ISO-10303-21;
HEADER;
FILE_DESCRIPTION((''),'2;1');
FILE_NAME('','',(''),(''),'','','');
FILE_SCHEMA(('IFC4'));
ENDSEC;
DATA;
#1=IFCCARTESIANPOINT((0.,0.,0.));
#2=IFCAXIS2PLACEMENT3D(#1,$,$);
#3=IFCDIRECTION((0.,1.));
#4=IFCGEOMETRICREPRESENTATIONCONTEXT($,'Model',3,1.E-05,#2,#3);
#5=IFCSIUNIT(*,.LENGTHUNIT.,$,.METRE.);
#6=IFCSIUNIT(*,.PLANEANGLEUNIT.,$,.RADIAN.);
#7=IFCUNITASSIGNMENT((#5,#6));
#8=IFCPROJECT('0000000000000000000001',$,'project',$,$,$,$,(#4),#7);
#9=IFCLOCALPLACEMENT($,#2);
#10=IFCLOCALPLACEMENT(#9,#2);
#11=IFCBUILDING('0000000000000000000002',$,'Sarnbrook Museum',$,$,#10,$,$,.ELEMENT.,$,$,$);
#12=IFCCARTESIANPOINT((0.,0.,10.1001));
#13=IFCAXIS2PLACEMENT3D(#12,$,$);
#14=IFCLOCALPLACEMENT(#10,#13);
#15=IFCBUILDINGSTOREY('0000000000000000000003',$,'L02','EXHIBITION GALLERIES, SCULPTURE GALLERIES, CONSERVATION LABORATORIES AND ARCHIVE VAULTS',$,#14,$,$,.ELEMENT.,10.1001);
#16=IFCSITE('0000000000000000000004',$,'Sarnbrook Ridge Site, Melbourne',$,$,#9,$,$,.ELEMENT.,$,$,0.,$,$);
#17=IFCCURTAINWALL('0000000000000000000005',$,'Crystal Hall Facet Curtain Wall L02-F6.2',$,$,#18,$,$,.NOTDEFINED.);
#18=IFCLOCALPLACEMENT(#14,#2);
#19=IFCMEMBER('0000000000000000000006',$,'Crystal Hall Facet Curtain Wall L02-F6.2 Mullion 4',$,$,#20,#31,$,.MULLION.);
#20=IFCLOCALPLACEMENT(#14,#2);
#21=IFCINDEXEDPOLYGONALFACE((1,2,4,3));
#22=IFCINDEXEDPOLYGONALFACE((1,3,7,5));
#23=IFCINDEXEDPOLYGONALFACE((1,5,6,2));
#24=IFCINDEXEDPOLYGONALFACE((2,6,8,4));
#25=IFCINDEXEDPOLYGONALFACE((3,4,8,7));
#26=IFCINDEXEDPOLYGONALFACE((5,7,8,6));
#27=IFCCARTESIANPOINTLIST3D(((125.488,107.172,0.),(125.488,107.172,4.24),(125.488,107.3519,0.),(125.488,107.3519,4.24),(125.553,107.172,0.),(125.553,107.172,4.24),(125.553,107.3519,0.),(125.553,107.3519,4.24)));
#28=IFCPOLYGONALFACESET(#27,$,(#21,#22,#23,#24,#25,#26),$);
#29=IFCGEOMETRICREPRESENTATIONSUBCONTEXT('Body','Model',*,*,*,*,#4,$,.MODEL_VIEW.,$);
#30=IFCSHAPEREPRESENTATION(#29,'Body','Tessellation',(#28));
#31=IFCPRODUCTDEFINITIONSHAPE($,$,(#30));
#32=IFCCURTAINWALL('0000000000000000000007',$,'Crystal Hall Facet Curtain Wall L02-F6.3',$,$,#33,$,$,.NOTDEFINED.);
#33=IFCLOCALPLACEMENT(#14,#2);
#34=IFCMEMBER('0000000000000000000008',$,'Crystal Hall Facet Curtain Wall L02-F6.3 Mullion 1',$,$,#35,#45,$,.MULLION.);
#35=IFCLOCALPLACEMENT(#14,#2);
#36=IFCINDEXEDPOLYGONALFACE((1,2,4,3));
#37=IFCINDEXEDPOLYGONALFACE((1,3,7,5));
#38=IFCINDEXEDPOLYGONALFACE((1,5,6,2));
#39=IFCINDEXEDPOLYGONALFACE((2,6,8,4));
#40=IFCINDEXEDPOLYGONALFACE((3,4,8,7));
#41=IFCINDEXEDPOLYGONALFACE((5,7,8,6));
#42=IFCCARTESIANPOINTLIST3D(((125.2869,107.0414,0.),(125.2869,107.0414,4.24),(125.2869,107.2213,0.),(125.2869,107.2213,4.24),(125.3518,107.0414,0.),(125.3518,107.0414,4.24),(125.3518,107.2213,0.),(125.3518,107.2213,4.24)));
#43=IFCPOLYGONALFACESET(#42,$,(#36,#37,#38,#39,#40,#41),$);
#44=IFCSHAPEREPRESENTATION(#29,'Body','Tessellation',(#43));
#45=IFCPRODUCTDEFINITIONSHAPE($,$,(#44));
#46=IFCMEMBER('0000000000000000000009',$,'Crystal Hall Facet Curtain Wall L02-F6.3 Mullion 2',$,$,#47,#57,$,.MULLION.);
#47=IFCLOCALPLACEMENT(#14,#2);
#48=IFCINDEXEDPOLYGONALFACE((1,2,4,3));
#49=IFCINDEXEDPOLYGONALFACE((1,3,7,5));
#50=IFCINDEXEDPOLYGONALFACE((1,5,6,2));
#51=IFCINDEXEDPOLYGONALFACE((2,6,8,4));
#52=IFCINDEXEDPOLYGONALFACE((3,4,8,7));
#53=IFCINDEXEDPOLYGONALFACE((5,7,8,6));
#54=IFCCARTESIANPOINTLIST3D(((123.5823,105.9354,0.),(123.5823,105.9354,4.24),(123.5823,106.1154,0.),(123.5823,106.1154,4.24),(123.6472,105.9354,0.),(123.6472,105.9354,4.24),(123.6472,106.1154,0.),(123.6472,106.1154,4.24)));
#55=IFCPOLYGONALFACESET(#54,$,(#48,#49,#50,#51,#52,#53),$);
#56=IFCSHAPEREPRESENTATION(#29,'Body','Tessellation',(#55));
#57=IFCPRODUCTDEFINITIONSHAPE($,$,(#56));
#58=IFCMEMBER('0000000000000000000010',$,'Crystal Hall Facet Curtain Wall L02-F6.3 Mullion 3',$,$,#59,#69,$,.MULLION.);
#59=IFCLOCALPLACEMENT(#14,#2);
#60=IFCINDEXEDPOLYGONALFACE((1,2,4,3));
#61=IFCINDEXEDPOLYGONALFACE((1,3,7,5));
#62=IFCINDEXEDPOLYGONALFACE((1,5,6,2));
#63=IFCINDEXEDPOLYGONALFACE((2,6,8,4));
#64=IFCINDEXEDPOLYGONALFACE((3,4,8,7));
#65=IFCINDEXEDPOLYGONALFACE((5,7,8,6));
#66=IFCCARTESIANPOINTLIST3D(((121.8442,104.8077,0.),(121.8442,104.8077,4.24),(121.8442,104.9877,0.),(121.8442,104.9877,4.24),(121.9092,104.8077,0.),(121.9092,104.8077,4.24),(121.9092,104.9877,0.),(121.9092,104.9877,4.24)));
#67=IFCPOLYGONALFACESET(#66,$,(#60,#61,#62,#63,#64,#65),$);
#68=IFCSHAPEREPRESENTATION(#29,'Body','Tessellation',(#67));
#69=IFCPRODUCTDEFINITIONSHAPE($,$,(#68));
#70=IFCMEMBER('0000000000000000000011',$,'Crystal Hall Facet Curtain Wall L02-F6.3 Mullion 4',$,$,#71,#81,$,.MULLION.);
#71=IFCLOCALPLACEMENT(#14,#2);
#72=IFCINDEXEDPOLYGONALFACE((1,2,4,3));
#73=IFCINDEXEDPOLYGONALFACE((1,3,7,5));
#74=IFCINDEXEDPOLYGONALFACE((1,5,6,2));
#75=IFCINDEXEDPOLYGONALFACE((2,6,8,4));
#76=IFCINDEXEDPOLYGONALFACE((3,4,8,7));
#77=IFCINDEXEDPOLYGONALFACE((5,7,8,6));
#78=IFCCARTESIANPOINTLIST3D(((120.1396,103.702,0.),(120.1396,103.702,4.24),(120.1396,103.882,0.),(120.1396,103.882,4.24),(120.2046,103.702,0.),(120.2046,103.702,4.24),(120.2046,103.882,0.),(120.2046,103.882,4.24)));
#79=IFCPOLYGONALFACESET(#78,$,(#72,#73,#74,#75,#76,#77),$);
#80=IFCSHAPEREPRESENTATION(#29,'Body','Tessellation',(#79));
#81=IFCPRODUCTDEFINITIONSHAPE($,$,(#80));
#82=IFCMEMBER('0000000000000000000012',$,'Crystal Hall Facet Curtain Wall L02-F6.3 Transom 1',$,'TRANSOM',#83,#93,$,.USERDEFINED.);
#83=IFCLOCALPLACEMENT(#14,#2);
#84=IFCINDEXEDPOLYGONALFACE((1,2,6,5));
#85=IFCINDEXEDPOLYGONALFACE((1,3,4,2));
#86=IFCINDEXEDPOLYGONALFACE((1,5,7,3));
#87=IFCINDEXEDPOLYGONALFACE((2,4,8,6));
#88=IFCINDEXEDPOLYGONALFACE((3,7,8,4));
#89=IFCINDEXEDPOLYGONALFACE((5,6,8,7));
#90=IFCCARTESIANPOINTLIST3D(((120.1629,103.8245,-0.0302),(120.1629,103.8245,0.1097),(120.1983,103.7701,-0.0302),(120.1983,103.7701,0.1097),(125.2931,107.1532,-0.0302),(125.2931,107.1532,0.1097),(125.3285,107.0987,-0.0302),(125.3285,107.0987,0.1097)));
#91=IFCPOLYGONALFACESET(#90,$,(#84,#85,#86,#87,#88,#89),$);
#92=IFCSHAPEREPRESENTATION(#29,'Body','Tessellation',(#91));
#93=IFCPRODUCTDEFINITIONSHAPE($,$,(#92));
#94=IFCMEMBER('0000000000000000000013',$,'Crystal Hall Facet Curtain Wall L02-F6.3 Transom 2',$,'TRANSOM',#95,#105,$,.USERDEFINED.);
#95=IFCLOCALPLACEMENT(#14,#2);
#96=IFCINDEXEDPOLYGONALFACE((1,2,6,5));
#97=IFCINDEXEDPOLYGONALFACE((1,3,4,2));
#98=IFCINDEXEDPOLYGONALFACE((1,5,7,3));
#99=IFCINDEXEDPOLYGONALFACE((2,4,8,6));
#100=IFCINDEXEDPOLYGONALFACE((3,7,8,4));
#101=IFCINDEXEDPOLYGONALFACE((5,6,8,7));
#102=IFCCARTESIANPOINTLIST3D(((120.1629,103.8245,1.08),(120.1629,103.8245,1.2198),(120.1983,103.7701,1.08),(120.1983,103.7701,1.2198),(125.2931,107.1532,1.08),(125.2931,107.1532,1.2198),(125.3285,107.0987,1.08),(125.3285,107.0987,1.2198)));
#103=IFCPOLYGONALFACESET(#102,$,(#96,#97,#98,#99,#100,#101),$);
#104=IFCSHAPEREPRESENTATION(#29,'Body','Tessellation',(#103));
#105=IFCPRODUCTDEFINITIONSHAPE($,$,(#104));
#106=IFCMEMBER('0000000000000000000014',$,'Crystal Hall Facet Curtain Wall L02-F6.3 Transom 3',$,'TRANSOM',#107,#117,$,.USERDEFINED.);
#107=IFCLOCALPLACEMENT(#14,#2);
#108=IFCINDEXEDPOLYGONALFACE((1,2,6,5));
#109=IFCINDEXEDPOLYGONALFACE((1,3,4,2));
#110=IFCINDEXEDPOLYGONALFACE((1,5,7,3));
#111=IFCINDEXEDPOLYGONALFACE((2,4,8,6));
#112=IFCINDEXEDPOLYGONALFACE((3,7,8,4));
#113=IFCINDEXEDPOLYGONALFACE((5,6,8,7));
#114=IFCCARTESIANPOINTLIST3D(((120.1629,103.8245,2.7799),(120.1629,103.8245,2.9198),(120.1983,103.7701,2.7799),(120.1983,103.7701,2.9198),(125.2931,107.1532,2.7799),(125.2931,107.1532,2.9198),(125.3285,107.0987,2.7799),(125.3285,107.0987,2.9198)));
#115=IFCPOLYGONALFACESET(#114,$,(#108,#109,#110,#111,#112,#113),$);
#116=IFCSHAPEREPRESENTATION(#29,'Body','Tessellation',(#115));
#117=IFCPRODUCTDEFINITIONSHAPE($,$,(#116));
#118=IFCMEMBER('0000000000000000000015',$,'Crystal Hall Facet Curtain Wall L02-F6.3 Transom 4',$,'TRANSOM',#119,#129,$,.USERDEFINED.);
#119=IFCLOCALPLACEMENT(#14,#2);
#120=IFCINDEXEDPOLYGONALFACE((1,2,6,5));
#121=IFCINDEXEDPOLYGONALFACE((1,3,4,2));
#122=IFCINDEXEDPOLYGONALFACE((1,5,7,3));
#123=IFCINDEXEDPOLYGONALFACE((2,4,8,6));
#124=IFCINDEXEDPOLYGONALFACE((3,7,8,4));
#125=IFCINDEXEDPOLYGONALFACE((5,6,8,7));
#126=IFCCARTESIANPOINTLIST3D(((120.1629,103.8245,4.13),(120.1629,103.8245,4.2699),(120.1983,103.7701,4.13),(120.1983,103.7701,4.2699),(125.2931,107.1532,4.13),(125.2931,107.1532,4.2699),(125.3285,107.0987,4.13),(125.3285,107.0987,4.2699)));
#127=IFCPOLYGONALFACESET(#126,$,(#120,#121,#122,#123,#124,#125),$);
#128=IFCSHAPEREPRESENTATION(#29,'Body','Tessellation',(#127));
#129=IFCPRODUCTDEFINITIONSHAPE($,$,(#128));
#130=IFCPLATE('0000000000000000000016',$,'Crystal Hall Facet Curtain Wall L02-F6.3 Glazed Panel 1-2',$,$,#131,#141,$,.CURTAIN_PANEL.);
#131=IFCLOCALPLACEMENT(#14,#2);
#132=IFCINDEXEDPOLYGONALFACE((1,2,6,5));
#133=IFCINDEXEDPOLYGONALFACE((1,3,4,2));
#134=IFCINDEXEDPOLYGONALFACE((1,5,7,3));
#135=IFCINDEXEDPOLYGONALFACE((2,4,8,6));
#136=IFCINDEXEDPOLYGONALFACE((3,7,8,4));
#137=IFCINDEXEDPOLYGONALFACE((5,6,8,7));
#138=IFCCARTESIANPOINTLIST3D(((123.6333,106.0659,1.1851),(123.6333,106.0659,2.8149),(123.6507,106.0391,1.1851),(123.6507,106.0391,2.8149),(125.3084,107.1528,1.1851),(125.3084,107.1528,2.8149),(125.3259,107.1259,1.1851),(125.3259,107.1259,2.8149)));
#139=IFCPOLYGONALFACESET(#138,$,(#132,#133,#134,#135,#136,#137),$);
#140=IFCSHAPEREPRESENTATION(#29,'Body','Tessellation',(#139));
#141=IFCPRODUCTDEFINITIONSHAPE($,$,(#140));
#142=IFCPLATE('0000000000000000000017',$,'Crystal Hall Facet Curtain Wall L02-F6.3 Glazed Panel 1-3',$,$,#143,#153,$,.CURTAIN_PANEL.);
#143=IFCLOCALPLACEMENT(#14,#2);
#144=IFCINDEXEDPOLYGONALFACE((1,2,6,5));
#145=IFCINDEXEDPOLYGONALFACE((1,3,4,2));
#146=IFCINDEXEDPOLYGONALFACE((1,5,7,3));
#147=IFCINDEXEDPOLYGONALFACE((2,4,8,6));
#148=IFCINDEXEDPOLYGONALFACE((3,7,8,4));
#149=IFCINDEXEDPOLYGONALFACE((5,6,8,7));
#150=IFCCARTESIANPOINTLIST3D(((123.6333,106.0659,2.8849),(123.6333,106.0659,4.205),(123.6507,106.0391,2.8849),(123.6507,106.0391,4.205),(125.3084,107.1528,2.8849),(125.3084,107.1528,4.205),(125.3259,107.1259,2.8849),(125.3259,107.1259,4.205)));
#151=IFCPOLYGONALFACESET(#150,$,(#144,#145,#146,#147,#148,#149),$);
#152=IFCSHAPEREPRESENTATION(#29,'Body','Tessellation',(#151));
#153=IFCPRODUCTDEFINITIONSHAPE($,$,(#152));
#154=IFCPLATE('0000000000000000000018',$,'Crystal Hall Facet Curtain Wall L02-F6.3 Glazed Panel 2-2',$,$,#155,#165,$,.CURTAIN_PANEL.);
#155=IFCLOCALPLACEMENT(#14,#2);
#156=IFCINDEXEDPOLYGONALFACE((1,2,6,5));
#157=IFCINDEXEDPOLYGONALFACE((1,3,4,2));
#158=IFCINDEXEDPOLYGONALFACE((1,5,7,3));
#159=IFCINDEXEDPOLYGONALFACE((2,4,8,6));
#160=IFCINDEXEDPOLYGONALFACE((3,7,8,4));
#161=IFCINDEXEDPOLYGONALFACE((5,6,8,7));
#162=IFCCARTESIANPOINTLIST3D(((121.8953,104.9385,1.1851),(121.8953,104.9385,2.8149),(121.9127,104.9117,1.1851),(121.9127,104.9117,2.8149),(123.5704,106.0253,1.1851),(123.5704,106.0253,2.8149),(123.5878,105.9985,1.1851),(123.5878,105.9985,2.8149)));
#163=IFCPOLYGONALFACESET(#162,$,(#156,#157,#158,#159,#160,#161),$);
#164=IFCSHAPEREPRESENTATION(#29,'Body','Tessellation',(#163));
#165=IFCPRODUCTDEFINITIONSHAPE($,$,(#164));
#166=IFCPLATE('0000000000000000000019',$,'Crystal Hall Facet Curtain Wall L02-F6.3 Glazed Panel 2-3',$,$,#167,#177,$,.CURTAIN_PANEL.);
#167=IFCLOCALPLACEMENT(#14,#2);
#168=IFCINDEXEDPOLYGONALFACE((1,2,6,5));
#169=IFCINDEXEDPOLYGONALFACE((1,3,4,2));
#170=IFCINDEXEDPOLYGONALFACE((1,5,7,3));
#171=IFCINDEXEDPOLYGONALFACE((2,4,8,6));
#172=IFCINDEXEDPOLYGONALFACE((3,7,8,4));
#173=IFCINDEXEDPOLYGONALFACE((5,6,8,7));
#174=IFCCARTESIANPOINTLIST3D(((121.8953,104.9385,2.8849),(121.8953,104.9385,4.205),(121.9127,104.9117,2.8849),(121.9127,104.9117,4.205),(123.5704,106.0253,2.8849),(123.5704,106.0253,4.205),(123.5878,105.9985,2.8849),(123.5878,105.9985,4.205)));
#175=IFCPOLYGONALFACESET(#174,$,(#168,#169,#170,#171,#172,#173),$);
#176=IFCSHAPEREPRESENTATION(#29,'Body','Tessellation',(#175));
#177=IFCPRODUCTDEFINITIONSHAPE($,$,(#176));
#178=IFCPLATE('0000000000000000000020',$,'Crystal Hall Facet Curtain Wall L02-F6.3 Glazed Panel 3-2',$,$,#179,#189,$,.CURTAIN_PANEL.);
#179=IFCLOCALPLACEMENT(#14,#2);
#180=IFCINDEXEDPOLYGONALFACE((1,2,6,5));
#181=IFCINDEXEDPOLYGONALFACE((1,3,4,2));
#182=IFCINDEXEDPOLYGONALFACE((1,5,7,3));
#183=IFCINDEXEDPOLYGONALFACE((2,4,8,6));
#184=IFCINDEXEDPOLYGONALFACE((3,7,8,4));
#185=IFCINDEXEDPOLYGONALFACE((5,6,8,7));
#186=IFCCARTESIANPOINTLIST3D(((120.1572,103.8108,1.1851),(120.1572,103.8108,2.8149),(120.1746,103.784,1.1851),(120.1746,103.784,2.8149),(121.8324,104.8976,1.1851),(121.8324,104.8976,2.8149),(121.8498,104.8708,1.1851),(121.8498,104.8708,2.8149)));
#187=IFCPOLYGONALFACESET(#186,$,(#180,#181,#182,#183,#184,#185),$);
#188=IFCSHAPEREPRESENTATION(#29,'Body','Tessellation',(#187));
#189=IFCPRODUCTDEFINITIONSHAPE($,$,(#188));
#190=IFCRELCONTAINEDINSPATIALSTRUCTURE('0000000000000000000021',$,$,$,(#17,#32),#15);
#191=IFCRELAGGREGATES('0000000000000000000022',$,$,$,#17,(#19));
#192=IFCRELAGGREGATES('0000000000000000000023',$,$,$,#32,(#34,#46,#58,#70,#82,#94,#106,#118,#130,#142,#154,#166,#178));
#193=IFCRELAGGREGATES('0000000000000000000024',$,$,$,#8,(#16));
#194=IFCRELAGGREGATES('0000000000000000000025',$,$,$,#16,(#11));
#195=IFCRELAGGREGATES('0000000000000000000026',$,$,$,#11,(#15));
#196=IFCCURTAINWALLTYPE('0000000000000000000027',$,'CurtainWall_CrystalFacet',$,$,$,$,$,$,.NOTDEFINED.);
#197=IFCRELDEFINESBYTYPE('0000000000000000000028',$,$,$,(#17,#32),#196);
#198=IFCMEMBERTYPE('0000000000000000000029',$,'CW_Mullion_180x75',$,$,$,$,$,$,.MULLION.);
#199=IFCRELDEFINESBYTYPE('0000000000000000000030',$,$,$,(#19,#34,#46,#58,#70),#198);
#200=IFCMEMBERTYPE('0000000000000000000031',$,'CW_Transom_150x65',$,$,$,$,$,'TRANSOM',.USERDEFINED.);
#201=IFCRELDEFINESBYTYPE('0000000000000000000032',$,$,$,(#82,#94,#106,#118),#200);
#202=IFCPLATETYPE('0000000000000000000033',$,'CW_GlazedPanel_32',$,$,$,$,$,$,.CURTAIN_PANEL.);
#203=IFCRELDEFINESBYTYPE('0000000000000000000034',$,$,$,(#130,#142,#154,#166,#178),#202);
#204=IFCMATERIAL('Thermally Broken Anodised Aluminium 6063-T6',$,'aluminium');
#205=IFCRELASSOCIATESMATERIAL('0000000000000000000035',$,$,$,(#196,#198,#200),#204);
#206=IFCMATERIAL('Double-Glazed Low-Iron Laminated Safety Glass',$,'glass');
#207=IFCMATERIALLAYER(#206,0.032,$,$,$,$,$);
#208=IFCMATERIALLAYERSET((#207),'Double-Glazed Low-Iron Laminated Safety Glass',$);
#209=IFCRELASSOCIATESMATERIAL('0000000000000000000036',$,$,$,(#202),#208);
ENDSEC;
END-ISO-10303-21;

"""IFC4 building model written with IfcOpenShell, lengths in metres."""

from ifc_helpers import new_model, si_unit, direction, frame, origin, origin_2d, place, context, subcontext, project, spatial, rectangle, extrude, material, layer, layer_set, material_profile, profile_set, type_object, element, aggregate, save


model = new_model("IFC4")

# Units and contexts
model_context = context("Model", 3, precision=1e-05, world=origin(), true_north=direction((0.0, 1.0)))
body_context = subcontext(model_context, "Body", "Model", "MODEL_VIEW")
ifc_project = project(units=[si_unit("LENGTHUNIT", "METRE"), si_unit("PLANEANGLEUNIT", "RADIAN")], contexts=[model_context])

# Site, building, storey
site_placement = place(None, origin())
site = spatial("IfcSite", under=ifc_project, at=site_placement, Name="Sarnbrook Ridge Site, Melbourne", CompositionType="ELEMENT", RefElevation=0.0)
building_placement = place(site_placement, origin())
building = spatial("IfcBuilding", under=site, at=building_placement, Name="Sarnbrook Museum", CompositionType="ELEMENT")
storey_placement = place(building_placement, frame((0.0, 0.0, 10.1001)))
storey = spatial("IfcBuildingStorey", under=building, at=storey_placement, Name="L02", Description="EXHIBITION GALLERIES, SCULPTURE GALLERIES, CONSERVATION LABORATORIES AND ARCHIVE VAULTS", CompositionType="ELEMENT", Elevation=10.1001)

# Curtain wall, member
ifc_material_1 = material(Name="Thermally Broken Anodised Aluminium 6063-T6", Category="aluminium")
curtain_wall_type = type_object("IfcCurtainWallType", Name="CurtainWall_CrystalFacet", PredefinedType="NOTDEFINED", material=ifc_material_1)
curtain_wall_1_placement = place(storey_placement, origin())
curtain_wall_1 = element("IfcCurtainWall", 1, at=curtain_wall_1_placement, inside=storey, type_object=curtain_wall_type, Name="Crystal Hall Facet Curtain Wall L02-F6.2", PredefinedType="NOTDEFINED")
ifc_material_profile_1 = material_profile(ifc_material_1, rectangle(XDim=0.0649, YDim=0.1799, at=origin_2d()), Name="ALU MULLION 65x180")
ifc_profile_set_1 = profile_set([ifc_material_profile_1], Name="Thermally Broken Anodised Aluminium 6063-T6")
member_type_1 = type_object("IfcMemberType", Name="CW_Mullion_180x75", PredefinedType="MULLION", material=ifc_profile_set_1)
member_1_placement = place(storey_placement, frame((125.5205, 107.262, 0.0), z_axis=(0.0, 0.0, 1.0), x_axis=(1.0, 0.0, 0.0)))
member_1 = element("IfcMember", 2, at=member_1_placement, type_object=member_type_1, Name="Crystal Hall Facet Curtain Wall L02-F6.2 Mullion 4", PredefinedType="MULLION", context=body_context, shape_type="SweptSolid", body=[
    extrude(rectangle(XDim=0.0649, YDim=0.1799, at=origin_2d()), origin(), (0.0, 0.0, 1.0), 4.24),
])
aggregate(curtain_wall_1, [member_1])

# Curtain wall, members, plates
curtain_wall_2_placement = place(storey_placement, origin())
curtain_wall_2 = element("IfcCurtainWall", 3, at=curtain_wall_2_placement, inside=storey, type_object=curtain_wall_type, Name="Crystal Hall Facet Curtain Wall L02-F6.3", PredefinedType="NOTDEFINED")
member_2_placement = place(storey_placement, frame((125.3193, 107.1313, 0.0), z_axis=(0.0, 0.0, 1.0), x_axis=(1.0, 0.0, 0.0)))
member_2 = element("IfcMember", 4, at=member_2_placement, type_object=member_type_1, Name="Crystal Hall Facet Curtain Wall L02-F6.3 Mullion 1", PredefinedType="MULLION", context=body_context, shape_type="SweptSolid", body=[
    extrude(rectangle(XDim=0.0649, YDim=0.1799, at=origin_2d()), origin(), (0.0, 0.0, 1.0), 4.24),
])
member_3_placement = place(storey_placement, frame((123.6147, 106.0254, 0.0), z_axis=(0.0, 0.0, 1.0), x_axis=(1.0, 0.0, 0.0)))
member_3 = element("IfcMember", 5, at=member_3_placement, type_object=member_type_1, Name="Crystal Hall Facet Curtain Wall L02-F6.3 Mullion 2", PredefinedType="MULLION", context=body_context, shape_type="SweptSolid", body=[
    extrude(rectangle(XDim=0.0649, YDim=0.1799, at=origin_2d()), origin(), (0.0, 0.0, 1.0), 4.24),
])
member_4_placement = place(storey_placement, frame((121.8767, 104.8977, 0.0), z_axis=(0.0, 0.0, 1.0), x_axis=(1.0, 0.0, 0.0)))
member_4 = element("IfcMember", 6, at=member_4_placement, type_object=member_type_1, Name="Crystal Hall Facet Curtain Wall L02-F6.3 Mullion 3", PredefinedType="MULLION", context=body_context, shape_type="SweptSolid", body=[
    extrude(rectangle(XDim=0.0649, YDim=0.1799, at=origin_2d()), origin(), (0.0, 0.0, 1.0), 4.24),
])
member_5_placement = place(storey_placement, frame((120.1721, 103.792, 0.0), z_axis=(0.0, 0.0, 1.0), x_axis=(1.0, 0.0, 0.0)))
member_5 = element("IfcMember", 7, at=member_5_placement, type_object=member_type_1, Name="Crystal Hall Facet Curtain Wall L02-F6.3 Mullion 4", PredefinedType="MULLION", context=body_context, shape_type="SweptSolid", body=[
    extrude(rectangle(XDim=0.0649, YDim=0.1799, at=origin_2d()), origin(), (0.0, 0.0, 1.0), 4.24),
])
ifc_material_profile_2 = material_profile(ifc_material_1, rectangle(XDim=0.0649, YDim=0.1399, at=origin_2d()), Name="ALU TRANSOM 65x140")
ifc_profile_set_2 = profile_set([ifc_material_profile_2], Name="Thermally Broken Anodised Aluminium 6063-T6")
member_type_2 = type_object("IfcMemberType", Name="CW_Transom_150x65", ElementType="TRANSOM", PredefinedType="USERDEFINED", material=ifc_profile_set_2)
member_6_placement = place(storey_placement, frame((125.3108, 107.126, 0.0398), z_axis=(-0.838889, -0.544302, 0.0), x_axis=(0.544302, -0.838889, 0.0)))
member_6 = element("IfcMember", 8, at=member_6_placement, type_object=member_type_2, Name="Crystal Hall Facet Curtain Wall L02-F6.3 Transom 1", ObjectType="TRANSOM", PredefinedType="USERDEFINED", context=body_context, shape_type="SweptSolid", body=[
    extrude(rectangle(XDim=0.0649, YDim=0.1399, at=origin_2d()), origin(), (0.0, 0.0, 1.0), 6.1155),
])
member_7_placement = place(storey_placement, frame((125.3108, 107.126, 1.1499), z_axis=(-0.838889, -0.544302, 0.0), x_axis=(0.544302, -0.838889, 0.0)))
member_7 = element("IfcMember", 9, at=member_7_placement, type_object=member_type_2, Name="Crystal Hall Facet Curtain Wall L02-F6.3 Transom 2", ObjectType="TRANSOM", PredefinedType="USERDEFINED", context=body_context, shape_type="SweptSolid", body=[
    extrude(rectangle(XDim=0.0649, YDim=0.1399, at=origin_2d()), origin(), (0.0, 0.0, 1.0), 6.1155),
])
member_8_placement = place(storey_placement, frame((125.3108, 107.126, 2.8499), z_axis=(-0.838889, -0.544302, 0.0), x_axis=(0.544302, -0.838889, 0.0)))
member_8 = element("IfcMember", 10, at=member_8_placement, type_object=member_type_2, Name="Crystal Hall Facet Curtain Wall L02-F6.3 Transom 3", ObjectType="TRANSOM", PredefinedType="USERDEFINED", context=body_context, shape_type="SweptSolid", body=[
    extrude(rectangle(XDim=0.0649, YDim=0.1399, at=origin_2d()), origin(), (0.0, 0.0, 1.0), 6.1155),
])
member_9_placement = place(storey_placement, frame((125.3108, 107.126, 4.2), z_axis=(-0.838889, -0.544302, 0.0), x_axis=(0.544302, -0.838889, 0.0)))
member_9 = element("IfcMember", 11, at=member_9_placement, type_object=member_type_2, Name="Crystal Hall Facet Curtain Wall L02-F6.3 Transom 4", ObjectType="TRANSOM", PredefinedType="USERDEFINED", context=body_context, shape_type="SweptSolid", body=[
    extrude(rectangle(XDim=0.0649, YDim=0.1399, at=origin_2d()), origin(), (0.0, 0.0, 1.0), 6.1155),
])
ifc_material_2 = material(Name="Double-Glazed Low-Iron Laminated Safety Glass", Category="glass")
ifc_layer_1 = layer(ifc_material_2, 0.032)
ifc_layer_set_1 = layer_set([ifc_layer_1], Name="Double-Glazed Low-Iron Laminated Safety Glass")
plate_type_1 = type_object("IfcPlateType", Name="CW_GlazedPanel_32", PredefinedType="CURTAIN_PANEL", material=ifc_layer_set_1)
plate_1_placement = place(storey_placement, frame((124.4883, 106.5825, 2.0), z_axis=(-0.544284, 0.838901, 0.0), x_axis=(-0.838901, -0.544284, 0.0)))
plate_1 = element("IfcPlate", 12, at=plate_1_placement, type_object=plate_type_1, Name="Crystal Hall Facet Curtain Wall L02-F6.3 Glazed Panel 1-2", PredefinedType="CURTAIN_PANEL", context=body_context, shape_type="SweptSolid", body=[
    extrude(rectangle(XDim=1.9968, YDim=1.6299, at=origin_2d()), origin(), (0.0, 0.0, 1.0), 0.032),
])
plate_2_placement = place(storey_placement, frame((124.4883, 106.5825, 3.5449), z_axis=(-0.544284, 0.838901, 0.0), x_axis=(-0.838901, -0.544284, 0.0)))
plate_2 = element("IfcPlate", 13, at=plate_2_placement, type_object=plate_type_1, Name="Crystal Hall Facet Curtain Wall L02-F6.3 Glazed Panel 1-3", PredefinedType="CURTAIN_PANEL", context=body_context, shape_type="SweptSolid", body=[
    extrude(rectangle(XDim=1.9968, YDim=1.3201, at=origin_2d()), origin(), (0.0, 0.0, 1.0), 0.032),
])
plate_3_placement = place(storey_placement, frame((122.7502, 105.4551, 2.0), z_axis=(-0.544284, 0.838901, 0.0), x_axis=(-0.838901, -0.544284, 0.0)))
plate_3 = element("IfcPlate", 14, at=plate_3_placement, type_object=plate_type_1, Name="Crystal Hall Facet Curtain Wall L02-F6.3 Glazed Panel 2-2", PredefinedType="CURTAIN_PANEL", context=body_context, shape_type="SweptSolid", body=[
    extrude(rectangle(XDim=1.9968, YDim=1.6299, at=origin_2d()), origin(), (0.0, 0.0, 1.0), 0.032),
])
plate_4_placement = place(storey_placement, frame((122.7502, 105.4551, 3.5449), z_axis=(-0.544284, 0.838901, 0.0), x_axis=(-0.838901, -0.544284, 0.0)))
plate_4 = element("IfcPlate", 15, at=plate_4_placement, type_object=plate_type_1, Name="Crystal Hall Facet Curtain Wall L02-F6.3 Glazed Panel 2-3", PredefinedType="CURTAIN_PANEL", context=body_context, shape_type="SweptSolid", body=[
    extrude(rectangle(XDim=1.9968, YDim=1.3201, at=origin_2d()), origin(), (0.0, 0.0, 1.0), 0.032),
])
plate_5_placement = place(storey_placement, frame((121.0122, 104.3274, 2.0), z_axis=(-0.544284, 0.838901, 0.0), x_axis=(-0.838901, -0.544284, 0.0)))
plate_5 = element("IfcPlate", 16, at=plate_5_placement, type_object=plate_type_1, Name="Crystal Hall Facet Curtain Wall L02-F6.3 Glazed Panel 3-2", PredefinedType="CURTAIN_PANEL", context=body_context, shape_type="SweptSolid", body=[
    extrude(rectangle(XDim=1.9968, YDim=1.6299, at=origin_2d()), origin(), (0.0, 0.0, 1.0), 0.032),
])
aggregate(curtain_wall_2, [member_2, member_3, member_4, member_5, member_6, member_7, member_8, member_9, plate_1, plate_2, plate_3, plate_4, plate_5])

save(model, "model.ifc")
